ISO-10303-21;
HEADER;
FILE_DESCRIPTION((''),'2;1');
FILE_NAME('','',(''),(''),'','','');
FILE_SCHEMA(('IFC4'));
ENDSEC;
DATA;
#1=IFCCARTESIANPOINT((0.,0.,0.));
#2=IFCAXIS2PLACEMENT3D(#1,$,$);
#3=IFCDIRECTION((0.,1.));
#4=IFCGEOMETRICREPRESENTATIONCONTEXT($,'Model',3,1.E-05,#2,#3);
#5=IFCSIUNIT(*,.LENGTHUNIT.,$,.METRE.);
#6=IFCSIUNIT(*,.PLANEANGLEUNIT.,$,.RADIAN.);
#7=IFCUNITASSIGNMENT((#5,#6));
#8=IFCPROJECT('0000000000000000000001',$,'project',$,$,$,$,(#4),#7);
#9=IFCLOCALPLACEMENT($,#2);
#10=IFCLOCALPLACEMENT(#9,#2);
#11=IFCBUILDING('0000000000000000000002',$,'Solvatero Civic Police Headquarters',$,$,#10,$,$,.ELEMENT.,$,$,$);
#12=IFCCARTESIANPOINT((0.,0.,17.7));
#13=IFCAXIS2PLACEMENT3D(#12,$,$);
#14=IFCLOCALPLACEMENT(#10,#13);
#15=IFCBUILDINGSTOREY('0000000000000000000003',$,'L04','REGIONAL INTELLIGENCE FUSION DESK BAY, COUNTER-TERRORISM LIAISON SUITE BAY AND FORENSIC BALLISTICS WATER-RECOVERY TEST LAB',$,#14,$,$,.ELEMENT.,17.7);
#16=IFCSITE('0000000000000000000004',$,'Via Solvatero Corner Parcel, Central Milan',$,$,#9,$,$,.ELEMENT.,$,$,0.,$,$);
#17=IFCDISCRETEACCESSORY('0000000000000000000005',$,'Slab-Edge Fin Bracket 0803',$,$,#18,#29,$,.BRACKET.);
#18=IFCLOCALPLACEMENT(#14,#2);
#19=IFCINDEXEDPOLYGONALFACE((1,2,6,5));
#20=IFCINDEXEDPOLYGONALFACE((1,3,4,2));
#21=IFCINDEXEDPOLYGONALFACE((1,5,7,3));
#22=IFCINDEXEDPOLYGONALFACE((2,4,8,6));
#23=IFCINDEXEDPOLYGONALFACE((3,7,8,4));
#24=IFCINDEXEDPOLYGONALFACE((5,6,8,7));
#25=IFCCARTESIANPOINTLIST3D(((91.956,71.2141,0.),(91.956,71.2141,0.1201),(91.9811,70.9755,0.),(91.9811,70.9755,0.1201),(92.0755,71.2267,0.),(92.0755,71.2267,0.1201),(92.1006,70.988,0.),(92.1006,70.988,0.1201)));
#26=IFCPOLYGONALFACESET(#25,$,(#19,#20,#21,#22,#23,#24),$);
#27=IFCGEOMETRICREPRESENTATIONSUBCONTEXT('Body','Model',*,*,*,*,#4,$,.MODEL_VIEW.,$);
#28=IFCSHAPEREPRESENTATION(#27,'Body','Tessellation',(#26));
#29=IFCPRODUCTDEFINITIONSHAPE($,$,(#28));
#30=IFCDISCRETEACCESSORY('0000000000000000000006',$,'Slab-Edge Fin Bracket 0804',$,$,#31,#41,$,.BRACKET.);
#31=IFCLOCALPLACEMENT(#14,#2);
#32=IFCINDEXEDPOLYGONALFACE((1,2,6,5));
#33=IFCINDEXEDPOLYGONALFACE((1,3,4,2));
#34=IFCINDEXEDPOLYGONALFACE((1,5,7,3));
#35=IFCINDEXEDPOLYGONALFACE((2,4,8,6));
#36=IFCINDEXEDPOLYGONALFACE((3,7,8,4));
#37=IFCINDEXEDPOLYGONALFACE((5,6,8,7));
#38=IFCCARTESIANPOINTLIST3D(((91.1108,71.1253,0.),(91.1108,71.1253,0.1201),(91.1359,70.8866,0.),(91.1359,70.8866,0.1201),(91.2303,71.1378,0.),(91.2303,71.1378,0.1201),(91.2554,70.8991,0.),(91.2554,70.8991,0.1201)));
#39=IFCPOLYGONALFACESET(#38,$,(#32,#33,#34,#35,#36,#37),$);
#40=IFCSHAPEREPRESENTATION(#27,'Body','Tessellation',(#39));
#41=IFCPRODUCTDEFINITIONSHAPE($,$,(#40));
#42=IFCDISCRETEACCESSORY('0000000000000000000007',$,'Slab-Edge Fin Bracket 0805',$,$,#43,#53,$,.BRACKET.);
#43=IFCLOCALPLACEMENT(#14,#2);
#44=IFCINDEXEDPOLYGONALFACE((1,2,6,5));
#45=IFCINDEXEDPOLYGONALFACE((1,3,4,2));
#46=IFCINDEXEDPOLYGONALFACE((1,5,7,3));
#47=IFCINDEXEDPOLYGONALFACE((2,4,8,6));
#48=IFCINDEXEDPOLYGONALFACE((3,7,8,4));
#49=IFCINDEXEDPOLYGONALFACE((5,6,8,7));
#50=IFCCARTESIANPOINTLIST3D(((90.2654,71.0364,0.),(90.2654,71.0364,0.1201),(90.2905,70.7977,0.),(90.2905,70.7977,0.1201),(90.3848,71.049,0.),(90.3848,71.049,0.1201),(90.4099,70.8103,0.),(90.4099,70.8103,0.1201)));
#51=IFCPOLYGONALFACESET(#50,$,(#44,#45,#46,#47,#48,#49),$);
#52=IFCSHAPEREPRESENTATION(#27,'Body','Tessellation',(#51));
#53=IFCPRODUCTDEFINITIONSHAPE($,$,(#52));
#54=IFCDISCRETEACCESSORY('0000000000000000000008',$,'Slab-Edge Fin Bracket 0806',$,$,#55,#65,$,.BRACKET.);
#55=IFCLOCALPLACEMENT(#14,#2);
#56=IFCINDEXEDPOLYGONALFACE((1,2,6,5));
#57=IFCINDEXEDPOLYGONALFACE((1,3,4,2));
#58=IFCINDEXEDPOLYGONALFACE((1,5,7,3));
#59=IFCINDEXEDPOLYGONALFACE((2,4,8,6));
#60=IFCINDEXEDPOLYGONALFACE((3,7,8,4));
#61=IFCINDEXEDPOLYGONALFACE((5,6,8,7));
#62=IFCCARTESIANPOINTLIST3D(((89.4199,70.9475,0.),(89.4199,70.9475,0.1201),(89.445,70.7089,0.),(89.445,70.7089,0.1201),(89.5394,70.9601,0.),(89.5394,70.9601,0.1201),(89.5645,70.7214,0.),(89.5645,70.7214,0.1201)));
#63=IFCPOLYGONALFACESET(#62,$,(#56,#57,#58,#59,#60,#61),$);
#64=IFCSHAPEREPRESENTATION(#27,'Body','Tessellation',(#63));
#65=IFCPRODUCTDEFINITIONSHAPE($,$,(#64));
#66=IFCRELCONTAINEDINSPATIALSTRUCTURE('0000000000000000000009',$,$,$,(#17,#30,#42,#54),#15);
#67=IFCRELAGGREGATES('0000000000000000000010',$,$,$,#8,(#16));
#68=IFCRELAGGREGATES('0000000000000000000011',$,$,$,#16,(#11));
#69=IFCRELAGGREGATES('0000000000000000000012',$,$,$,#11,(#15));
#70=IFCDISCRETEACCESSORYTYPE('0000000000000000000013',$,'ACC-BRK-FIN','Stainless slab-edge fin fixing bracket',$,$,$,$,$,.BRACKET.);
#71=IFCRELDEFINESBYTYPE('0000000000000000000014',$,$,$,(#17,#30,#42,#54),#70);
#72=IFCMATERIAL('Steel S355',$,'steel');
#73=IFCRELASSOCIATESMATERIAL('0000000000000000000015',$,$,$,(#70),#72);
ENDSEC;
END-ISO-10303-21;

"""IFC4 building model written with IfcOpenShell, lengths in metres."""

from ifc_helpers import new_model, si_unit, direction, frame, origin, origin_2d, place, context, subcontext, project, spatial, rectangle, extrude, material, type_object, element, save


model = new_model("IFC4")

# Units and contexts
model_context = context("Model", 3, precision=1e-05, world=origin(), true_north=direction((0.0, 1.0)))
body_context = subcontext(model_context, "Body", "Model", "MODEL_VIEW")
ifc_project = project(units=[si_unit("LENGTHUNIT", "METRE"), si_unit("PLANEANGLEUNIT", "RADIAN")], contexts=[model_context])

# Site, building, storey
site_placement = place(None, origin())
site = spatial("IfcSite", under=ifc_project, at=site_placement, Name="Via Solvatero Corner Parcel, Central Milan", CompositionType="ELEMENT", RefElevation=0.0)
building_placement = place(site_placement, origin())
building = spatial("IfcBuilding", under=site, at=building_placement, Name="Solvatero Civic Police Headquarters", CompositionType="ELEMENT")
storey_placement = place(building_placement, frame((0.0, 0.0, 17.7)))
storey = spatial("IfcBuildingStorey", under=building, at=storey_placement, Name="L04", Description="REGIONAL INTELLIGENCE FUSION DESK BAY, COUNTER-TERRORISM LIAISON SUITE BAY AND FORENSIC BALLISTICS WATER-RECOVERY TEST LAB", CompositionType="ELEMENT", Elevation=17.7)

# Shared definitions
ifc_material_1 = material(Name="Steel S355", Category="steel")

# Discrete accessories
discrete_accessory_type = type_object("IfcDiscreteAccessoryType", Name="ACC-BRK-FIN", Description="Stainless slab-edge fin fixing bracket", PredefinedType="BRACKET", material=ifc_material_1)
for number, where, z_axis, x_axis, name in (
    (1, (92.0283, 71.1011, 0.0), (0.0, 0.0, 1.0), (-0.994522, -0.104528, 0.0), "Slab-Edge Fin Bracket 0803"),
    (2, (91.1831, 71.0122, 0.0), (0.0, 0.0, 1.0), (-0.994522, -0.104528, 0.0), "Slab-Edge Fin Bracket 0804"),
    (3, (90.3376, 70.9233, 0.0), (0.0, 0.0, 1.0), (-0.994522, -0.104528, 0.0), "Slab-Edge Fin Bracket 0805"),
    (4, (89.4922, 70.8345, 0.0), (0.0, 0.0, 1.0), (-0.994522, -0.104528, 0.0), "Slab-Edge Fin Bracket 0806"),
):
    element("IfcDiscreteAccessory", number, at=place(storey_placement, frame(where, z_axis=z_axis, x_axis=x_axis)), inside=storey, type_object=discrete_accessory_type, Name=name, PredefinedType="BRACKET", context=body_context, shape_type="SweptSolid", body=[
        extrude(rectangle(XDim=0.1201, YDim=0.24, at=origin_2d()), origin(), (0.0, 0.0, 1.0), 0.1201),
    ])

save(model, "model.ifc")
